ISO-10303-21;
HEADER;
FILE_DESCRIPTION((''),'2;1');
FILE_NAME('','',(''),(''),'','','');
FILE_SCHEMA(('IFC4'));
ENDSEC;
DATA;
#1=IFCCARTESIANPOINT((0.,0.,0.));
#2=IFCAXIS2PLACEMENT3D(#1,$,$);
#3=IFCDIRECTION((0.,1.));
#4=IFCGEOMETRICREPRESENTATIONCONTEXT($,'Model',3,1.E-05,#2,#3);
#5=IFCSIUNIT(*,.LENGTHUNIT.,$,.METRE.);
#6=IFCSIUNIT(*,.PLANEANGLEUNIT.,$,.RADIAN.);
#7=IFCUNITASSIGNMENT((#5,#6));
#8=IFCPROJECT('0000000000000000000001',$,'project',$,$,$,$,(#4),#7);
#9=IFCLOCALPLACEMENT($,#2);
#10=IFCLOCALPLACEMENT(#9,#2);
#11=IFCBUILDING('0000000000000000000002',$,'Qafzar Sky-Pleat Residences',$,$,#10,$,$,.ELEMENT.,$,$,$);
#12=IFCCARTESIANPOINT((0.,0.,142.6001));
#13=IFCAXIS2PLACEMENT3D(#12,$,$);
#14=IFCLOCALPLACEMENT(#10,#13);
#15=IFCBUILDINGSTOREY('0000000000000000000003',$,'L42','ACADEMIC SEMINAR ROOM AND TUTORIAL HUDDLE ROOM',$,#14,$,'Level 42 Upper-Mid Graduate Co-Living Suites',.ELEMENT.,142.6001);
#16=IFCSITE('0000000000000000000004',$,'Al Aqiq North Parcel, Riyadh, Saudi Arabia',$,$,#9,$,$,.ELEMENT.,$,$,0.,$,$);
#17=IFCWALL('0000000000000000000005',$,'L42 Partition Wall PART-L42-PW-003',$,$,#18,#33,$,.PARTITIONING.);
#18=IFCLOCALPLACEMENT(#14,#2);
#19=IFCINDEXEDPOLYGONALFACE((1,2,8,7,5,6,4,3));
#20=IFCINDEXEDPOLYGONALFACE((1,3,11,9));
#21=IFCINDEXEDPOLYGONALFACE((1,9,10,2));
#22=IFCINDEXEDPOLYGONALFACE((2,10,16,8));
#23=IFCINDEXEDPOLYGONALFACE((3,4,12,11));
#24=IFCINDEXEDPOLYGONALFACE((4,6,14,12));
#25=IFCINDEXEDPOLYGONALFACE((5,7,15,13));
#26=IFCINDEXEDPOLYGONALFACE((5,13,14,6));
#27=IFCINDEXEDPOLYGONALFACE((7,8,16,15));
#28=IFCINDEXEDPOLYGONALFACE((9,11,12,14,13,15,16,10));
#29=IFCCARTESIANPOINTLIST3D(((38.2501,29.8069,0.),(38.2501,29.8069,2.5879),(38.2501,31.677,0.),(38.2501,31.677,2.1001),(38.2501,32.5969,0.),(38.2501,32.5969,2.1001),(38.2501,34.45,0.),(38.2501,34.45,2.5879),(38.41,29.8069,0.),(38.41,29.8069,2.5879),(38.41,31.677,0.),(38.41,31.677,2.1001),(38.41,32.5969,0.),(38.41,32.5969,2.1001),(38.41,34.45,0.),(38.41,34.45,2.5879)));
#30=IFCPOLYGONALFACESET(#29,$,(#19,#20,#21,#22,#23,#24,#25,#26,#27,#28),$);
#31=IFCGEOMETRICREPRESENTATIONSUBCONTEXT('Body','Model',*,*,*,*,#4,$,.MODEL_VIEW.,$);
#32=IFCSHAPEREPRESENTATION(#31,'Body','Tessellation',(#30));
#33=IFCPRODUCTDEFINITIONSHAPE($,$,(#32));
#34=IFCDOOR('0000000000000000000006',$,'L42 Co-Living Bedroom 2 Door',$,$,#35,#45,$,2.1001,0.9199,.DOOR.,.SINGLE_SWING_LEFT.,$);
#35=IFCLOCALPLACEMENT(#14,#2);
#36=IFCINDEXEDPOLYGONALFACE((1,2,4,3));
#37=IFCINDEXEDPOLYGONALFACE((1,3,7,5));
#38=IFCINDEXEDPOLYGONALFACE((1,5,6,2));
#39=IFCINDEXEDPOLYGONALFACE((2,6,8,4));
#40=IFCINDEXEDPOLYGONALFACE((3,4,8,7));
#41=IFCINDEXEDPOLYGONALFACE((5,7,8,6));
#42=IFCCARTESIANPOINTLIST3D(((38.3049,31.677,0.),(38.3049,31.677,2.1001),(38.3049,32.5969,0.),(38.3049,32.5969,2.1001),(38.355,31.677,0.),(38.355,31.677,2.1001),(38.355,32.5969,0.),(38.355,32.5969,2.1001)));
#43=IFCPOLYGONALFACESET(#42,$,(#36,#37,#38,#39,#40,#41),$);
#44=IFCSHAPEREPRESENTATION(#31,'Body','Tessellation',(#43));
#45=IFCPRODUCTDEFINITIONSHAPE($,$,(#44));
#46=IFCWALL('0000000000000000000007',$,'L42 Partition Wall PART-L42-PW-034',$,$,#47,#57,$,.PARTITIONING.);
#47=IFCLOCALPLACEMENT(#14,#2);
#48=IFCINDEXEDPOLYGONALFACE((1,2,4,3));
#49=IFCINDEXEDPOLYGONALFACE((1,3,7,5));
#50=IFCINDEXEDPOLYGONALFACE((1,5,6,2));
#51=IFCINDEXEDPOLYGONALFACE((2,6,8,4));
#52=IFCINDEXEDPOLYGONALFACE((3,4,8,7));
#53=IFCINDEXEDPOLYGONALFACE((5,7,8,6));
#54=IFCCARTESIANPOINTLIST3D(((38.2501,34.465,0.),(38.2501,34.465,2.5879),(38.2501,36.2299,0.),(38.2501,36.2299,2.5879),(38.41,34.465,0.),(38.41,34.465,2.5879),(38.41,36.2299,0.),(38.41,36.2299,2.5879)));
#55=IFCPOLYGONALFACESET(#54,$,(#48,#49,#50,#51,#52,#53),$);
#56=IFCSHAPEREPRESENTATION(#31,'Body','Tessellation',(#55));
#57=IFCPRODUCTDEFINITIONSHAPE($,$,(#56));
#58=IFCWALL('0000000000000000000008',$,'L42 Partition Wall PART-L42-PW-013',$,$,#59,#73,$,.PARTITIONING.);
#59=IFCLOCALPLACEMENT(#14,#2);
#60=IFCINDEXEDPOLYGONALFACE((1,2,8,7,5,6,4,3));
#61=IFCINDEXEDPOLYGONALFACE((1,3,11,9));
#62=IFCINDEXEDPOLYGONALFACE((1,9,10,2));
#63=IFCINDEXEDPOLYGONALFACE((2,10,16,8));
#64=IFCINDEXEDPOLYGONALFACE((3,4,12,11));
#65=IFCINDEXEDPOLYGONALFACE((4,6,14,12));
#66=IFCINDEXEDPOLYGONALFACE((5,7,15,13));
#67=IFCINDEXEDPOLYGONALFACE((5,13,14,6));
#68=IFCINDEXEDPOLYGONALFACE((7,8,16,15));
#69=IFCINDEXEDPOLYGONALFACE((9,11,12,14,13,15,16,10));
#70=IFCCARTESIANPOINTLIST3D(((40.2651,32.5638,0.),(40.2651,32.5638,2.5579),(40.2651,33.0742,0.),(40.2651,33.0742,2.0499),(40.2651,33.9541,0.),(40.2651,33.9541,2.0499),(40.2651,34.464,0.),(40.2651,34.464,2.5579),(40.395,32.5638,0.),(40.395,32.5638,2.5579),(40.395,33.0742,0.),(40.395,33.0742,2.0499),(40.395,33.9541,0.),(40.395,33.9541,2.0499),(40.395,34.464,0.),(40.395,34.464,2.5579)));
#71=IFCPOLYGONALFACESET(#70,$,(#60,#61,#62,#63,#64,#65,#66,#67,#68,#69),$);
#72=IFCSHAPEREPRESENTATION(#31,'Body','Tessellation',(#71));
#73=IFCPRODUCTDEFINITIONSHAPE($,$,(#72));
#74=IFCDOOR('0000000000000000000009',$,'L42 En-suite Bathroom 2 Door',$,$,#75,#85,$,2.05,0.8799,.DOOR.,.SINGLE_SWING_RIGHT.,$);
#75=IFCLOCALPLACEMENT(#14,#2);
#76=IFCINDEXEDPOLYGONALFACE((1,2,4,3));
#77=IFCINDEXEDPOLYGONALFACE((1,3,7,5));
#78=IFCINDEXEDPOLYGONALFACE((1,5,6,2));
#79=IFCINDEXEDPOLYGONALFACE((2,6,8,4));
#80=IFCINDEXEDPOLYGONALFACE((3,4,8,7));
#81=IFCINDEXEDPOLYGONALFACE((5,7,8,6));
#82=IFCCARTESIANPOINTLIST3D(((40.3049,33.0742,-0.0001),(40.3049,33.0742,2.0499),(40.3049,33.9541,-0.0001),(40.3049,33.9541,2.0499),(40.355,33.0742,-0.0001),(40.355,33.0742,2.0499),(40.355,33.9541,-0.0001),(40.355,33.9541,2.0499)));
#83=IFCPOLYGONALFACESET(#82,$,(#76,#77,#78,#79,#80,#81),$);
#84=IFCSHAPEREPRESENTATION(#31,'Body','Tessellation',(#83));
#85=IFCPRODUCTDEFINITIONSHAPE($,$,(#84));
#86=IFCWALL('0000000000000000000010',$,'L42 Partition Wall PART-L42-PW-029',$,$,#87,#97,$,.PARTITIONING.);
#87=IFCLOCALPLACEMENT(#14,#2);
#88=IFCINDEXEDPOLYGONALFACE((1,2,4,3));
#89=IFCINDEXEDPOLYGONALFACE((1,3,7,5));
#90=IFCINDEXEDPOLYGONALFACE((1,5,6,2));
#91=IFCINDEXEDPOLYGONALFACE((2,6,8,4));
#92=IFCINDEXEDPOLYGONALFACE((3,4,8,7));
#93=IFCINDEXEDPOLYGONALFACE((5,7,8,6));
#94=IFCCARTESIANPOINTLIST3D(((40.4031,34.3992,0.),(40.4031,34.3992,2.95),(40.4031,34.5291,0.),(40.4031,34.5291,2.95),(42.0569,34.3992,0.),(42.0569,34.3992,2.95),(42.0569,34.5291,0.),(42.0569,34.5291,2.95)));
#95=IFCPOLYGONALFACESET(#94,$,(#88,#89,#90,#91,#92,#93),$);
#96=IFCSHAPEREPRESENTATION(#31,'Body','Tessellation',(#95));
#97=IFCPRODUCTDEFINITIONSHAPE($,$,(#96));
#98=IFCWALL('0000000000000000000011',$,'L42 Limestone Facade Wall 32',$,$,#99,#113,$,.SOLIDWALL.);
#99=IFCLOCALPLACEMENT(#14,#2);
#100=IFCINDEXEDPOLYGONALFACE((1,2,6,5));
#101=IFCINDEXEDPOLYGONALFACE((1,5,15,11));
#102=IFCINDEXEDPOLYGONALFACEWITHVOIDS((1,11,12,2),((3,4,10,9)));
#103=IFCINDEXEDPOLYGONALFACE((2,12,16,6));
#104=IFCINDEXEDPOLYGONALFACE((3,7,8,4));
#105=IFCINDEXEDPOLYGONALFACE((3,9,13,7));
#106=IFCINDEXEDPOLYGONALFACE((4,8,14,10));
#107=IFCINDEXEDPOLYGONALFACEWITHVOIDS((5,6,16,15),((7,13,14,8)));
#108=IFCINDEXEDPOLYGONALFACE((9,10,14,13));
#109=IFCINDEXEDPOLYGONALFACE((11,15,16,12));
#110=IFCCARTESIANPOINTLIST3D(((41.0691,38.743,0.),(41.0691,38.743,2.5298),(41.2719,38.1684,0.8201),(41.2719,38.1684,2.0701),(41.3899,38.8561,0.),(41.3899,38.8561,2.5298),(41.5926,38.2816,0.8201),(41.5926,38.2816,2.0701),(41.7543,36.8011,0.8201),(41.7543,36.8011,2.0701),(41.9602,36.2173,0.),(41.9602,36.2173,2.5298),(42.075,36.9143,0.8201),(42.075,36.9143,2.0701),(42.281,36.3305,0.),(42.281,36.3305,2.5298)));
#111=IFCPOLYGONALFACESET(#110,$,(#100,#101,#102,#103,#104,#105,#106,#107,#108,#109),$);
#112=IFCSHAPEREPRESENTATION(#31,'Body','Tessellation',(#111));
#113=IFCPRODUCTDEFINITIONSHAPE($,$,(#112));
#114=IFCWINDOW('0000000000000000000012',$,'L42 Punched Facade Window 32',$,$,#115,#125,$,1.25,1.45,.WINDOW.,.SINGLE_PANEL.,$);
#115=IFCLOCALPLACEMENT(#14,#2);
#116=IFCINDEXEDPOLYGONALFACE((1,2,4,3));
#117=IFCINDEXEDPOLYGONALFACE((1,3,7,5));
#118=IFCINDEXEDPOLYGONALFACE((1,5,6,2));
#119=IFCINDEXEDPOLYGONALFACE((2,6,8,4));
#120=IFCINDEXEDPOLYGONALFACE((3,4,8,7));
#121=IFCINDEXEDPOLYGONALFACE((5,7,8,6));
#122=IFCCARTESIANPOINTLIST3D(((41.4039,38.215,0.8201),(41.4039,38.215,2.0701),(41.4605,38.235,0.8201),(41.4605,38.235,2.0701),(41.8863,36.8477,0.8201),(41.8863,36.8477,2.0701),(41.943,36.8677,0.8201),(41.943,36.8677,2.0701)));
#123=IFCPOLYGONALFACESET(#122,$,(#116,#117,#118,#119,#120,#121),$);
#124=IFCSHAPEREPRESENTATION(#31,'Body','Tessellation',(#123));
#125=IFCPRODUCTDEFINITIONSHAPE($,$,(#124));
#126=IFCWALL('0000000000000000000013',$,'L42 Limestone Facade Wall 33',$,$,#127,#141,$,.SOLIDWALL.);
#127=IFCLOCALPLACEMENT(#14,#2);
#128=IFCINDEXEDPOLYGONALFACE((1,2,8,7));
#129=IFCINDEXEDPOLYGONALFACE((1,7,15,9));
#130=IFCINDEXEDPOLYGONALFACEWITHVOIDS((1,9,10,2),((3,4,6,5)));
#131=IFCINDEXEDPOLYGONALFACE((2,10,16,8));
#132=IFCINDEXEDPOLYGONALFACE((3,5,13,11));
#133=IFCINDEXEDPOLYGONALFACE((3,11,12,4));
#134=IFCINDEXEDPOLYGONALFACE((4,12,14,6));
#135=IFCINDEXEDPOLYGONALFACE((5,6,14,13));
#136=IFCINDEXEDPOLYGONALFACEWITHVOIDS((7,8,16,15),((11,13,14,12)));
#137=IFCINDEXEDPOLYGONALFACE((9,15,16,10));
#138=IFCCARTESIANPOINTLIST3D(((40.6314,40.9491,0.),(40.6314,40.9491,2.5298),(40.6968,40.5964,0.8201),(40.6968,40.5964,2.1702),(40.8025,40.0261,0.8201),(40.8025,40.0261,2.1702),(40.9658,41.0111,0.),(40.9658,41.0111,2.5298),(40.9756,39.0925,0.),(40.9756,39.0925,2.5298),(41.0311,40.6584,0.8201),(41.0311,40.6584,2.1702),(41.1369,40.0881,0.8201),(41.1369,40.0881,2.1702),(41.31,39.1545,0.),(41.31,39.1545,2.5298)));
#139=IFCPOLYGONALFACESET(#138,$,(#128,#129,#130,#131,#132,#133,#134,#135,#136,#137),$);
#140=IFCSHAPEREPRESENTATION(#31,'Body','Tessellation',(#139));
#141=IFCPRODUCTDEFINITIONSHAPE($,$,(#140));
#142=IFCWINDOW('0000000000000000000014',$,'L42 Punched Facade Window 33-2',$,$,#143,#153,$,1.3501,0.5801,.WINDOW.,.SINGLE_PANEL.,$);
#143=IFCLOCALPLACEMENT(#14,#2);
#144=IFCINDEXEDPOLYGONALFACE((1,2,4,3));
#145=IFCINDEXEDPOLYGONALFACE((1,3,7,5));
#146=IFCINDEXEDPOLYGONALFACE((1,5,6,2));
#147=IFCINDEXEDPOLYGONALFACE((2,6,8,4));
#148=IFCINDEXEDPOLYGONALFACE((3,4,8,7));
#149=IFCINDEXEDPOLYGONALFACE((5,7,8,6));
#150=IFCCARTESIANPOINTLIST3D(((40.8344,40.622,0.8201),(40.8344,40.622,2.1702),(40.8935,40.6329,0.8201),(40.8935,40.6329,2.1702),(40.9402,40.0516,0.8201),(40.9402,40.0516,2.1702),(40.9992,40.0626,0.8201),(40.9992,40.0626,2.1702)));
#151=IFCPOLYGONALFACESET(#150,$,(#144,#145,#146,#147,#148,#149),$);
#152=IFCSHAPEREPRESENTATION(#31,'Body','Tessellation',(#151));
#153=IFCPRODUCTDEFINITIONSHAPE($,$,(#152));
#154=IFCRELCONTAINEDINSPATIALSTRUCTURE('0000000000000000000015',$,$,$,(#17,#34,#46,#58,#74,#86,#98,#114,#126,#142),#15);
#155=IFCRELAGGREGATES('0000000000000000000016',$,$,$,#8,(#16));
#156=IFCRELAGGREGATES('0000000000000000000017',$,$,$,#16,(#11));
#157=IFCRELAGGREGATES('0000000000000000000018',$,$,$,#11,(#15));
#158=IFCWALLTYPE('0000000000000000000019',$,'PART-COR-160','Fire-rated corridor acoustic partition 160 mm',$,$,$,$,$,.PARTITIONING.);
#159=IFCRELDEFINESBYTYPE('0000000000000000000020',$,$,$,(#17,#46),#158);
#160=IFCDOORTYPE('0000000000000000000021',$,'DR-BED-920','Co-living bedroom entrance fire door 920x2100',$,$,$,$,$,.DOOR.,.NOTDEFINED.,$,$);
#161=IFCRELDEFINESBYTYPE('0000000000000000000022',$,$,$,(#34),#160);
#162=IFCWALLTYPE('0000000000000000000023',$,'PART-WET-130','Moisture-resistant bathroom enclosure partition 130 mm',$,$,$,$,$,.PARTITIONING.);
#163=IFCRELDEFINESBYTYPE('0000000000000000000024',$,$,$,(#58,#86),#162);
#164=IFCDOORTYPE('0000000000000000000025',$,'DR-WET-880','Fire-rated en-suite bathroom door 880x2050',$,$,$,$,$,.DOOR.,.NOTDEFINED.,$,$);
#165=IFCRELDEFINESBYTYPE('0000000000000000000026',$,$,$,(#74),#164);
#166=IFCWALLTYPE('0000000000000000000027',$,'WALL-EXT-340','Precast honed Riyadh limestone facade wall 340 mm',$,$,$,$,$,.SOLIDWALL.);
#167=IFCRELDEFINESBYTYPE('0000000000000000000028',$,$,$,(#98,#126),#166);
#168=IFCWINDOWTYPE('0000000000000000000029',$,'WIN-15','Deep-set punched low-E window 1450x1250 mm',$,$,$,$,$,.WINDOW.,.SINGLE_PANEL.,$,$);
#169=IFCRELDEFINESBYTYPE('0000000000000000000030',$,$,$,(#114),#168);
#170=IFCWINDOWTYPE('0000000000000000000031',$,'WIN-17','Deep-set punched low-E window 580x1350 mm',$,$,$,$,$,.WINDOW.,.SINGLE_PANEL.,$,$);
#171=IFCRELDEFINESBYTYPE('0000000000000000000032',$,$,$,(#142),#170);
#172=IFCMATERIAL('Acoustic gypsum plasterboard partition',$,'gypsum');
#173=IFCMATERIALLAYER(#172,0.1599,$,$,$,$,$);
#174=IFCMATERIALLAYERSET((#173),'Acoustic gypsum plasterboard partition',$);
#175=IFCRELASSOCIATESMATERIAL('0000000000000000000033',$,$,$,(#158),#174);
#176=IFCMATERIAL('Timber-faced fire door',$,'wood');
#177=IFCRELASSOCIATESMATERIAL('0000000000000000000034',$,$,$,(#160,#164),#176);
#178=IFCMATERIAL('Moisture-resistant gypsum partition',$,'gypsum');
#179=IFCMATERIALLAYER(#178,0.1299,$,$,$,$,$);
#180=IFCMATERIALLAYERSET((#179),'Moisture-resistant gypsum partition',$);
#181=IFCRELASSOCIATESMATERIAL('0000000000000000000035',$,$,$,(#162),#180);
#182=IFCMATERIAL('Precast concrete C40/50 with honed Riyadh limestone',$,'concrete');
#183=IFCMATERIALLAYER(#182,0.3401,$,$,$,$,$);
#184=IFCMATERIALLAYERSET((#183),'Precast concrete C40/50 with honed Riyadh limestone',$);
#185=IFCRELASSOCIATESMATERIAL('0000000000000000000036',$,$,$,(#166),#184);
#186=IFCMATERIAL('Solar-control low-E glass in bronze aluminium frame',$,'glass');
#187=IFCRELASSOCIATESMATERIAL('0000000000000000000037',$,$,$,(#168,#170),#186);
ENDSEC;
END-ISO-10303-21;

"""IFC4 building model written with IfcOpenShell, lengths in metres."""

from ifc_helpers import new_model, si_unit, direction, frame, frame_2d, origin, place, context, subcontext, project, spatial, rectangle, extrude, source, transform, mapped, material, layer, layer_set, type_object, element, fill, save


model = new_model("IFC4")

# Units and contexts
model_context = context("Model", 3, precision=1e-05, world=origin(), true_north=direction((0.0, 1.0)))
body_context = subcontext(model_context, "Body", "Model", "MODEL_VIEW")
ifc_project = project(units=[si_unit("LENGTHUNIT", "METRE"), si_unit("PLANEANGLEUNIT", "RADIAN")], contexts=[model_context])

# Site, building, storey
site_placement = place(None, origin())
site = spatial("IfcSite", under=ifc_project, at=site_placement, Name="Al Aqiq North Parcel, Riyadh, Saudi Arabia", CompositionType="ELEMENT", RefElevation=0.0)
building_placement = place(site_placement, origin())
building = spatial("IfcBuilding", under=site, at=building_placement, Name="Qafzar Sky-Pleat Residences", CompositionType="ELEMENT")
storey_placement = place(building_placement, frame((0.0, 0.0, 142.6001)))
storey = spatial("IfcBuildingStorey", under=building, at=storey_placement, Name="L42", Description="ACADEMIC SEMINAR ROOM AND TUTORIAL HUDDLE ROOM", LongName="Level 42 Upper-Mid Graduate Co-Living Suites", CompositionType="ELEMENT", Elevation=142.6001)

# Wall, opening, door
ifc_material_1 = material(Name="Acoustic gypsum plasterboard partition", Category="gypsum")
ifc_layer_1 = layer(ifc_material_1, 0.1599)
ifc_layer_set_1 = layer_set([ifc_layer_1], Name="Acoustic gypsum plasterboard partition")
wall_type_1 = type_object("IfcWallType", Name="PART-COR-160", Description="Fire-rated corridor acoustic partition 160 mm", PredefinedType="PARTITIONING", material=ifc_layer_set_1)
wall_1_placement = place(storey_placement, frame((38.3301, 34.45, 0.0), z_axis=(0.0, 0.0, 1.0), x_axis=(0.0, -1.0, 0.0)))
wall_1 = element("IfcWall", 1, at=wall_1_placement, inside=storey, type_object=wall_type_1, Name="L42 Partition Wall PART-L42-PW-003", PredefinedType="PARTITIONING", context=body_context, shape_type="SweptSolid", body=[
    extrude(rectangle(XDim=4.6431, YDim=0.1599, at=frame_2d((2.3215, 0.0))), origin(), (0.0, 0.0, 1.0), 2.5879),
])
opening_1_placement = place(wall_1_placement, frame((1.853, 0.0, 0.0)))
opening_1 = element("IfcOpeningElement", 2, at=opening_1_placement, cuts=wall_1, PredefinedType="OPENING", context=body_context, shape_type="SweptSolid", body=[
    extrude(rectangle(XDim=0.9199, YDim=2.1001, at=frame_2d((0.46, 1.05))), frame((0.0, 0.0898, 0.0), z_axis=(0.0, -1.0, 0.0), x_axis=(1.0, 0.0, 0.0)), (0.0, 0.0, 1.0), 0.1799),
])
ifc_material_2 = material(Name="Timber-faced fire door", Category="wood")
door_type_1 = type_object("IfcDoorType", Name="DR-BED-920", Description="Co-living bedroom entrance fire door 920x2100", OperationType="NOTDEFINED", PredefinedType="DOOR", material=ifc_material_2)
shared_shape_1 = source(origin(), body_context, "Body", "SweptSolid", [
    extrude(rectangle(XDim=0.9199, YDim=2.1001, at=frame_2d((0.46, 1.05))), frame((0.0, 0.0249, 0.0), z_axis=(0.0, -1.0, 0.0), x_axis=(1.0, 0.0, 0.0)), (0.0, 0.0, 1.0), 0.05),
])
door_1_placement = place(opening_1_placement, origin())
door_1 = element("IfcDoor", 3, at=door_1_placement, inside=storey, type_object=door_type_1, Name="L42 Co-Living Bedroom 2 Door", OperationType="SINGLE_SWING_LEFT", OverallHeight=2.1001, OverallWidth=0.9199, PredefinedType="DOOR", context=body_context, shape_type="MappedRepresentation", body=[
    mapped(shared_shape_1, transform((0.0, 0.0, 0.0), x_axis=(1.0, 0.0, 0.0), y_axis=(0.0, 1.0, 0.0), z_axis=(0.0, 0.0, 1.0), scale=1.0)),
])
fill(opening_1, door_1)

# Wall
wall_2_placement = place(storey_placement, frame((38.3301, 34.4651, 0.0), z_axis=(0.0, 0.0, 1.0), x_axis=(0.0, 1.0, 0.0)))
element("IfcWall", 4, at=wall_2_placement, inside=storey, type_object=wall_type_1, Name="L42 Partition Wall PART-L42-PW-034", PredefinedType="PARTITIONING", context=body_context, shape_type="SweptSolid", body=[
    extrude(rectangle(XDim=1.7649, YDim=0.1599, at=frame_2d((0.8823, 0.0))), origin(), (0.0, 0.0, 1.0), 2.5879),
])

# Wall, opening, door
ifc_material_3 = material(Name="Moisture-resistant gypsum partition", Category="gypsum")
ifc_layer_2 = layer(ifc_material_3, 0.1299)
ifc_layer_set_2 = layer_set([ifc_layer_2], Name="Moisture-resistant gypsum partition")
wall_type_2 = type_object("IfcWallType", Name="PART-WET-130", Description="Moisture-resistant bathroom enclosure partition 130 mm", PredefinedType="PARTITIONING", material=ifc_layer_set_2)
wall_3_placement = place(storey_placement, frame((40.3301, 34.4641, 0.0), z_axis=(0.0, 0.0, 1.0), x_axis=(0.0, -1.0, 0.0)))
wall_3 = element("IfcWall", 5, at=wall_3_placement, inside=storey, type_object=wall_type_2, Name="L42 Partition Wall PART-L42-PW-013", PredefinedType="PARTITIONING", context=body_context, shape_type="SweptSolid", body=[
    extrude(rectangle(XDim=1.9001, YDim=0.1299, at=frame_2d((0.9502, 0.0))), origin(), (0.0, 0.0, 1.0), 2.5579),
])
opening_2_placement = place(wall_3_placement, frame((0.51, 0.0, 0.0)))
opening_2 = element("IfcOpeningElement", 6, at=opening_2_placement, cuts=wall_3, PredefinedType="OPENING", context=body_context, shape_type="SweptSolid", body=[
    extrude(rectangle(XDim=0.8799, YDim=2.05, at=frame_2d((0.4399, 1.0249))), frame((0.0, 0.075, 0.0), z_axis=(0.0, -1.0, 0.0), x_axis=(1.0, 0.0, 0.0)), (0.0, 0.0, 1.0), 0.1499),
])
door_type_2 = type_object("IfcDoorType", Name="DR-WET-880", Description="Fire-rated en-suite bathroom door 880x2050", OperationType="NOTDEFINED", PredefinedType="DOOR", material=ifc_material_2)
shared_shape_2 = source(origin(), body_context, "Body", "SweptSolid", [
    extrude(rectangle(XDim=0.8799, YDim=2.05, at=frame_2d((0.4399, 1.0249))), frame((0.0, 0.0249, 0.0), z_axis=(0.0, -1.0, 0.0), x_axis=(1.0, 0.0, 0.0)), (0.0, 0.0, 1.0), 0.05),
])
door_2_placement = place(opening_2_placement, origin())
door_2 = element("IfcDoor", 7, at=door_2_placement, inside=storey, type_object=door_type_2, Name="L42 En-suite Bathroom 2 Door", OperationType="SINGLE_SWING_RIGHT", OverallHeight=2.05, OverallWidth=0.8799, PredefinedType="DOOR", context=body_context, shape_type="MappedRepresentation", body=[
    mapped(shared_shape_2, transform((0.0, 0.0, 0.0), x_axis=(1.0, 0.0, 0.0), y_axis=(0.0, 1.0, 0.0), z_axis=(0.0, 0.0, 1.0), scale=1.0)),
])
fill(opening_2, door_2)

# Wall
wall_4_placement = place(storey_placement, frame((40.4031, 34.4641, 0.0), z_axis=(0.0, 0.0, 1.0), x_axis=(1.0, 0.0, 0.0)))
element("IfcWall", 8, at=wall_4_placement, inside=storey, type_object=wall_type_2, Name="L42 Partition Wall PART-L42-PW-029", PredefinedType="PARTITIONING", context=body_context, shape_type="SweptSolid", body=[
    extrude(rectangle(XDim=1.6538, YDim=0.1299, at=frame_2d((0.8269, 0.0))), origin(), (0.0, 0.0, 1.0), 2.95),
])

# Walls, openings, windows
ifc_material_4 = material(Name="Precast concrete C40/50 with honed Riyadh limestone", Category="concrete")
ifc_layer_3 = layer(ifc_material_4, 0.3401)
ifc_layer_set_3 = layer_set([ifc_layer_3], Name="Precast concrete C40/50 with honed Riyadh limestone")
wall_type_3 = type_object("IfcWallType", Name="WALL-EXT-340", Description="Precast honed Riyadh limestone facade wall 340 mm", PredefinedType="SOLIDWALL", material=ifc_layer_set_3)
wall_5_placement = place(storey_placement, frame((42.1206, 36.2739, 0.0), z_axis=(0.0, 0.0, 1.0), x_axis=(-0.332725, 0.943024, 0.0)))
wall_5 = element("IfcWall", 9, at=wall_5_placement, inside=storey, type_object=wall_type_3, Name="L42 Limestone Facade Wall 32", PredefinedType="SOLIDWALL", context=body_context, shape_type="SweptSolid", body=[
    extrude(rectangle(XDim=2.6782, YDim=0.3401, at=frame_2d((1.3391, 0.0))), origin(), (0.0, 0.0, 1.0), 2.5298),
])
opening_3_placement = place(wall_5_placement, frame((0.6189, 0.0, 0.8201)))
opening_3 = element("IfcOpeningElement", 10, at=opening_3_placement, cuts=wall_5, PredefinedType="OPENING", context=body_context, shape_type="SweptSolid", body=[
    extrude(rectangle(XDim=1.45, YDim=1.25, at=frame_2d((0.7251, 0.625))), frame((0.0, 0.1802, 0.0), z_axis=(0.0, -1.0, 0.0), x_axis=(1.0, 0.0, 0.0)), (0.0, 0.0, 1.0), 0.3601),
])
ifc_material_5 = material(Name="Solar-control low-E glass in bronze aluminium frame", Category="glass")
window_type_1 = type_object("IfcWindowType", Name="WIN-15", Description="Deep-set punched low-E window 1450x1250 mm", PartitioningType="SINGLE_PANEL", PredefinedType="WINDOW", material=ifc_material_5)
shared_shape_3 = source(origin(), body_context, "Body", "SweptSolid", [
    extrude(rectangle(XDim=1.45, YDim=1.25, at=frame_2d((0.7251, 0.625))), frame((0.0, 0.03, 0.0), z_axis=(0.0, -1.0, 0.0), x_axis=(1.0, 0.0, 0.0)), (0.0, 0.0, 1.0), 0.0601),
])
window_1_placement = place(opening_3_placement, origin())
window_1 = element("IfcWindow", 11, at=window_1_placement, inside=storey, type_object=window_type_1, Name="L42 Punched Facade Window 32", OverallHeight=1.25, OverallWidth=1.45, PartitioningType="SINGLE_PANEL", PredefinedType="WINDOW", context=body_context, shape_type="MappedRepresentation", body=[
    mapped(shared_shape_3, transform((0.0, 0.0, 0.0), x_axis=(1.0, 0.0, 0.0), y_axis=(0.0, 1.0, 0.0), z_axis=(0.0, 0.0, 1.0), scale=1.0)),
])
fill(opening_3, window_1)
wall_6_placement = place(storey_placement, frame((41.1428, 39.1235, 0.0), z_axis=(0.0, 0.0, 1.0), x_axis=(-0.182321, 0.983239, 0.0)))
wall_6 = element("IfcWall", 12, at=wall_6_placement, inside=storey, type_object=wall_type_3, Name="L42 Limestone Facade Wall 33", PredefinedType="SOLIDWALL", context=body_context, shape_type="SweptSolid", body=[
    extrude(rectangle(XDim=1.8882, YDim=0.3401, at=frame_2d((0.9441, 0.0))), origin(), (0.0, 0.0, 1.0), 2.5298),
])
opening_4_placement = place(wall_6_placement, frame((0.9495, 0.0, 0.8201)))
opening_4 = element("IfcOpeningElement", 13, at=opening_4_placement, cuts=wall_6, PredefinedType="OPENING", context=body_context, shape_type="SweptSolid", body=[
    extrude(rectangle(XDim=0.5801, YDim=1.3501, at=frame_2d((0.29, 0.675))), frame((0.0, 0.1802, 0.0), z_axis=(0.0, -1.0, 0.0), x_axis=(1.0, 0.0, 0.0)), (0.0, 0.0, 1.0), 0.3601),
])
window_type_2 = type_object("IfcWindowType", Name="WIN-17", Description="Deep-set punched low-E window 580x1350 mm", PartitioningType="SINGLE_PANEL", PredefinedType="WINDOW", material=ifc_material_5)
shared_shape_4 = source(origin(), body_context, "Body", "SweptSolid", [
    extrude(rectangle(XDim=0.5801, YDim=1.3501, at=frame_2d((0.29, 0.675))), frame((0.0, 0.03, 0.0), z_axis=(0.0, -1.0, 0.0), x_axis=(1.0, 0.0, 0.0)), (0.0, 0.0, 1.0), 0.0601),
])
window_2_placement = place(opening_4_placement, origin())
window_2 = element("IfcWindow", 14, at=window_2_placement, inside=storey, type_object=window_type_2, Name="L42 Punched Facade Window 33-2", OverallHeight=1.3501, OverallWidth=0.5801, PartitioningType="SINGLE_PANEL", PredefinedType="WINDOW", context=body_context, shape_type="MappedRepresentation", body=[
    mapped(shared_shape_4, transform((0.0, 0.0, 0.0), x_axis=(1.0, 0.0, 0.0), y_axis=(0.0, 1.0, 0.0), z_axis=(0.0, 0.0, 1.0), scale=1.0)),
])
fill(opening_4, window_2)

save(model, "model.ifc")
